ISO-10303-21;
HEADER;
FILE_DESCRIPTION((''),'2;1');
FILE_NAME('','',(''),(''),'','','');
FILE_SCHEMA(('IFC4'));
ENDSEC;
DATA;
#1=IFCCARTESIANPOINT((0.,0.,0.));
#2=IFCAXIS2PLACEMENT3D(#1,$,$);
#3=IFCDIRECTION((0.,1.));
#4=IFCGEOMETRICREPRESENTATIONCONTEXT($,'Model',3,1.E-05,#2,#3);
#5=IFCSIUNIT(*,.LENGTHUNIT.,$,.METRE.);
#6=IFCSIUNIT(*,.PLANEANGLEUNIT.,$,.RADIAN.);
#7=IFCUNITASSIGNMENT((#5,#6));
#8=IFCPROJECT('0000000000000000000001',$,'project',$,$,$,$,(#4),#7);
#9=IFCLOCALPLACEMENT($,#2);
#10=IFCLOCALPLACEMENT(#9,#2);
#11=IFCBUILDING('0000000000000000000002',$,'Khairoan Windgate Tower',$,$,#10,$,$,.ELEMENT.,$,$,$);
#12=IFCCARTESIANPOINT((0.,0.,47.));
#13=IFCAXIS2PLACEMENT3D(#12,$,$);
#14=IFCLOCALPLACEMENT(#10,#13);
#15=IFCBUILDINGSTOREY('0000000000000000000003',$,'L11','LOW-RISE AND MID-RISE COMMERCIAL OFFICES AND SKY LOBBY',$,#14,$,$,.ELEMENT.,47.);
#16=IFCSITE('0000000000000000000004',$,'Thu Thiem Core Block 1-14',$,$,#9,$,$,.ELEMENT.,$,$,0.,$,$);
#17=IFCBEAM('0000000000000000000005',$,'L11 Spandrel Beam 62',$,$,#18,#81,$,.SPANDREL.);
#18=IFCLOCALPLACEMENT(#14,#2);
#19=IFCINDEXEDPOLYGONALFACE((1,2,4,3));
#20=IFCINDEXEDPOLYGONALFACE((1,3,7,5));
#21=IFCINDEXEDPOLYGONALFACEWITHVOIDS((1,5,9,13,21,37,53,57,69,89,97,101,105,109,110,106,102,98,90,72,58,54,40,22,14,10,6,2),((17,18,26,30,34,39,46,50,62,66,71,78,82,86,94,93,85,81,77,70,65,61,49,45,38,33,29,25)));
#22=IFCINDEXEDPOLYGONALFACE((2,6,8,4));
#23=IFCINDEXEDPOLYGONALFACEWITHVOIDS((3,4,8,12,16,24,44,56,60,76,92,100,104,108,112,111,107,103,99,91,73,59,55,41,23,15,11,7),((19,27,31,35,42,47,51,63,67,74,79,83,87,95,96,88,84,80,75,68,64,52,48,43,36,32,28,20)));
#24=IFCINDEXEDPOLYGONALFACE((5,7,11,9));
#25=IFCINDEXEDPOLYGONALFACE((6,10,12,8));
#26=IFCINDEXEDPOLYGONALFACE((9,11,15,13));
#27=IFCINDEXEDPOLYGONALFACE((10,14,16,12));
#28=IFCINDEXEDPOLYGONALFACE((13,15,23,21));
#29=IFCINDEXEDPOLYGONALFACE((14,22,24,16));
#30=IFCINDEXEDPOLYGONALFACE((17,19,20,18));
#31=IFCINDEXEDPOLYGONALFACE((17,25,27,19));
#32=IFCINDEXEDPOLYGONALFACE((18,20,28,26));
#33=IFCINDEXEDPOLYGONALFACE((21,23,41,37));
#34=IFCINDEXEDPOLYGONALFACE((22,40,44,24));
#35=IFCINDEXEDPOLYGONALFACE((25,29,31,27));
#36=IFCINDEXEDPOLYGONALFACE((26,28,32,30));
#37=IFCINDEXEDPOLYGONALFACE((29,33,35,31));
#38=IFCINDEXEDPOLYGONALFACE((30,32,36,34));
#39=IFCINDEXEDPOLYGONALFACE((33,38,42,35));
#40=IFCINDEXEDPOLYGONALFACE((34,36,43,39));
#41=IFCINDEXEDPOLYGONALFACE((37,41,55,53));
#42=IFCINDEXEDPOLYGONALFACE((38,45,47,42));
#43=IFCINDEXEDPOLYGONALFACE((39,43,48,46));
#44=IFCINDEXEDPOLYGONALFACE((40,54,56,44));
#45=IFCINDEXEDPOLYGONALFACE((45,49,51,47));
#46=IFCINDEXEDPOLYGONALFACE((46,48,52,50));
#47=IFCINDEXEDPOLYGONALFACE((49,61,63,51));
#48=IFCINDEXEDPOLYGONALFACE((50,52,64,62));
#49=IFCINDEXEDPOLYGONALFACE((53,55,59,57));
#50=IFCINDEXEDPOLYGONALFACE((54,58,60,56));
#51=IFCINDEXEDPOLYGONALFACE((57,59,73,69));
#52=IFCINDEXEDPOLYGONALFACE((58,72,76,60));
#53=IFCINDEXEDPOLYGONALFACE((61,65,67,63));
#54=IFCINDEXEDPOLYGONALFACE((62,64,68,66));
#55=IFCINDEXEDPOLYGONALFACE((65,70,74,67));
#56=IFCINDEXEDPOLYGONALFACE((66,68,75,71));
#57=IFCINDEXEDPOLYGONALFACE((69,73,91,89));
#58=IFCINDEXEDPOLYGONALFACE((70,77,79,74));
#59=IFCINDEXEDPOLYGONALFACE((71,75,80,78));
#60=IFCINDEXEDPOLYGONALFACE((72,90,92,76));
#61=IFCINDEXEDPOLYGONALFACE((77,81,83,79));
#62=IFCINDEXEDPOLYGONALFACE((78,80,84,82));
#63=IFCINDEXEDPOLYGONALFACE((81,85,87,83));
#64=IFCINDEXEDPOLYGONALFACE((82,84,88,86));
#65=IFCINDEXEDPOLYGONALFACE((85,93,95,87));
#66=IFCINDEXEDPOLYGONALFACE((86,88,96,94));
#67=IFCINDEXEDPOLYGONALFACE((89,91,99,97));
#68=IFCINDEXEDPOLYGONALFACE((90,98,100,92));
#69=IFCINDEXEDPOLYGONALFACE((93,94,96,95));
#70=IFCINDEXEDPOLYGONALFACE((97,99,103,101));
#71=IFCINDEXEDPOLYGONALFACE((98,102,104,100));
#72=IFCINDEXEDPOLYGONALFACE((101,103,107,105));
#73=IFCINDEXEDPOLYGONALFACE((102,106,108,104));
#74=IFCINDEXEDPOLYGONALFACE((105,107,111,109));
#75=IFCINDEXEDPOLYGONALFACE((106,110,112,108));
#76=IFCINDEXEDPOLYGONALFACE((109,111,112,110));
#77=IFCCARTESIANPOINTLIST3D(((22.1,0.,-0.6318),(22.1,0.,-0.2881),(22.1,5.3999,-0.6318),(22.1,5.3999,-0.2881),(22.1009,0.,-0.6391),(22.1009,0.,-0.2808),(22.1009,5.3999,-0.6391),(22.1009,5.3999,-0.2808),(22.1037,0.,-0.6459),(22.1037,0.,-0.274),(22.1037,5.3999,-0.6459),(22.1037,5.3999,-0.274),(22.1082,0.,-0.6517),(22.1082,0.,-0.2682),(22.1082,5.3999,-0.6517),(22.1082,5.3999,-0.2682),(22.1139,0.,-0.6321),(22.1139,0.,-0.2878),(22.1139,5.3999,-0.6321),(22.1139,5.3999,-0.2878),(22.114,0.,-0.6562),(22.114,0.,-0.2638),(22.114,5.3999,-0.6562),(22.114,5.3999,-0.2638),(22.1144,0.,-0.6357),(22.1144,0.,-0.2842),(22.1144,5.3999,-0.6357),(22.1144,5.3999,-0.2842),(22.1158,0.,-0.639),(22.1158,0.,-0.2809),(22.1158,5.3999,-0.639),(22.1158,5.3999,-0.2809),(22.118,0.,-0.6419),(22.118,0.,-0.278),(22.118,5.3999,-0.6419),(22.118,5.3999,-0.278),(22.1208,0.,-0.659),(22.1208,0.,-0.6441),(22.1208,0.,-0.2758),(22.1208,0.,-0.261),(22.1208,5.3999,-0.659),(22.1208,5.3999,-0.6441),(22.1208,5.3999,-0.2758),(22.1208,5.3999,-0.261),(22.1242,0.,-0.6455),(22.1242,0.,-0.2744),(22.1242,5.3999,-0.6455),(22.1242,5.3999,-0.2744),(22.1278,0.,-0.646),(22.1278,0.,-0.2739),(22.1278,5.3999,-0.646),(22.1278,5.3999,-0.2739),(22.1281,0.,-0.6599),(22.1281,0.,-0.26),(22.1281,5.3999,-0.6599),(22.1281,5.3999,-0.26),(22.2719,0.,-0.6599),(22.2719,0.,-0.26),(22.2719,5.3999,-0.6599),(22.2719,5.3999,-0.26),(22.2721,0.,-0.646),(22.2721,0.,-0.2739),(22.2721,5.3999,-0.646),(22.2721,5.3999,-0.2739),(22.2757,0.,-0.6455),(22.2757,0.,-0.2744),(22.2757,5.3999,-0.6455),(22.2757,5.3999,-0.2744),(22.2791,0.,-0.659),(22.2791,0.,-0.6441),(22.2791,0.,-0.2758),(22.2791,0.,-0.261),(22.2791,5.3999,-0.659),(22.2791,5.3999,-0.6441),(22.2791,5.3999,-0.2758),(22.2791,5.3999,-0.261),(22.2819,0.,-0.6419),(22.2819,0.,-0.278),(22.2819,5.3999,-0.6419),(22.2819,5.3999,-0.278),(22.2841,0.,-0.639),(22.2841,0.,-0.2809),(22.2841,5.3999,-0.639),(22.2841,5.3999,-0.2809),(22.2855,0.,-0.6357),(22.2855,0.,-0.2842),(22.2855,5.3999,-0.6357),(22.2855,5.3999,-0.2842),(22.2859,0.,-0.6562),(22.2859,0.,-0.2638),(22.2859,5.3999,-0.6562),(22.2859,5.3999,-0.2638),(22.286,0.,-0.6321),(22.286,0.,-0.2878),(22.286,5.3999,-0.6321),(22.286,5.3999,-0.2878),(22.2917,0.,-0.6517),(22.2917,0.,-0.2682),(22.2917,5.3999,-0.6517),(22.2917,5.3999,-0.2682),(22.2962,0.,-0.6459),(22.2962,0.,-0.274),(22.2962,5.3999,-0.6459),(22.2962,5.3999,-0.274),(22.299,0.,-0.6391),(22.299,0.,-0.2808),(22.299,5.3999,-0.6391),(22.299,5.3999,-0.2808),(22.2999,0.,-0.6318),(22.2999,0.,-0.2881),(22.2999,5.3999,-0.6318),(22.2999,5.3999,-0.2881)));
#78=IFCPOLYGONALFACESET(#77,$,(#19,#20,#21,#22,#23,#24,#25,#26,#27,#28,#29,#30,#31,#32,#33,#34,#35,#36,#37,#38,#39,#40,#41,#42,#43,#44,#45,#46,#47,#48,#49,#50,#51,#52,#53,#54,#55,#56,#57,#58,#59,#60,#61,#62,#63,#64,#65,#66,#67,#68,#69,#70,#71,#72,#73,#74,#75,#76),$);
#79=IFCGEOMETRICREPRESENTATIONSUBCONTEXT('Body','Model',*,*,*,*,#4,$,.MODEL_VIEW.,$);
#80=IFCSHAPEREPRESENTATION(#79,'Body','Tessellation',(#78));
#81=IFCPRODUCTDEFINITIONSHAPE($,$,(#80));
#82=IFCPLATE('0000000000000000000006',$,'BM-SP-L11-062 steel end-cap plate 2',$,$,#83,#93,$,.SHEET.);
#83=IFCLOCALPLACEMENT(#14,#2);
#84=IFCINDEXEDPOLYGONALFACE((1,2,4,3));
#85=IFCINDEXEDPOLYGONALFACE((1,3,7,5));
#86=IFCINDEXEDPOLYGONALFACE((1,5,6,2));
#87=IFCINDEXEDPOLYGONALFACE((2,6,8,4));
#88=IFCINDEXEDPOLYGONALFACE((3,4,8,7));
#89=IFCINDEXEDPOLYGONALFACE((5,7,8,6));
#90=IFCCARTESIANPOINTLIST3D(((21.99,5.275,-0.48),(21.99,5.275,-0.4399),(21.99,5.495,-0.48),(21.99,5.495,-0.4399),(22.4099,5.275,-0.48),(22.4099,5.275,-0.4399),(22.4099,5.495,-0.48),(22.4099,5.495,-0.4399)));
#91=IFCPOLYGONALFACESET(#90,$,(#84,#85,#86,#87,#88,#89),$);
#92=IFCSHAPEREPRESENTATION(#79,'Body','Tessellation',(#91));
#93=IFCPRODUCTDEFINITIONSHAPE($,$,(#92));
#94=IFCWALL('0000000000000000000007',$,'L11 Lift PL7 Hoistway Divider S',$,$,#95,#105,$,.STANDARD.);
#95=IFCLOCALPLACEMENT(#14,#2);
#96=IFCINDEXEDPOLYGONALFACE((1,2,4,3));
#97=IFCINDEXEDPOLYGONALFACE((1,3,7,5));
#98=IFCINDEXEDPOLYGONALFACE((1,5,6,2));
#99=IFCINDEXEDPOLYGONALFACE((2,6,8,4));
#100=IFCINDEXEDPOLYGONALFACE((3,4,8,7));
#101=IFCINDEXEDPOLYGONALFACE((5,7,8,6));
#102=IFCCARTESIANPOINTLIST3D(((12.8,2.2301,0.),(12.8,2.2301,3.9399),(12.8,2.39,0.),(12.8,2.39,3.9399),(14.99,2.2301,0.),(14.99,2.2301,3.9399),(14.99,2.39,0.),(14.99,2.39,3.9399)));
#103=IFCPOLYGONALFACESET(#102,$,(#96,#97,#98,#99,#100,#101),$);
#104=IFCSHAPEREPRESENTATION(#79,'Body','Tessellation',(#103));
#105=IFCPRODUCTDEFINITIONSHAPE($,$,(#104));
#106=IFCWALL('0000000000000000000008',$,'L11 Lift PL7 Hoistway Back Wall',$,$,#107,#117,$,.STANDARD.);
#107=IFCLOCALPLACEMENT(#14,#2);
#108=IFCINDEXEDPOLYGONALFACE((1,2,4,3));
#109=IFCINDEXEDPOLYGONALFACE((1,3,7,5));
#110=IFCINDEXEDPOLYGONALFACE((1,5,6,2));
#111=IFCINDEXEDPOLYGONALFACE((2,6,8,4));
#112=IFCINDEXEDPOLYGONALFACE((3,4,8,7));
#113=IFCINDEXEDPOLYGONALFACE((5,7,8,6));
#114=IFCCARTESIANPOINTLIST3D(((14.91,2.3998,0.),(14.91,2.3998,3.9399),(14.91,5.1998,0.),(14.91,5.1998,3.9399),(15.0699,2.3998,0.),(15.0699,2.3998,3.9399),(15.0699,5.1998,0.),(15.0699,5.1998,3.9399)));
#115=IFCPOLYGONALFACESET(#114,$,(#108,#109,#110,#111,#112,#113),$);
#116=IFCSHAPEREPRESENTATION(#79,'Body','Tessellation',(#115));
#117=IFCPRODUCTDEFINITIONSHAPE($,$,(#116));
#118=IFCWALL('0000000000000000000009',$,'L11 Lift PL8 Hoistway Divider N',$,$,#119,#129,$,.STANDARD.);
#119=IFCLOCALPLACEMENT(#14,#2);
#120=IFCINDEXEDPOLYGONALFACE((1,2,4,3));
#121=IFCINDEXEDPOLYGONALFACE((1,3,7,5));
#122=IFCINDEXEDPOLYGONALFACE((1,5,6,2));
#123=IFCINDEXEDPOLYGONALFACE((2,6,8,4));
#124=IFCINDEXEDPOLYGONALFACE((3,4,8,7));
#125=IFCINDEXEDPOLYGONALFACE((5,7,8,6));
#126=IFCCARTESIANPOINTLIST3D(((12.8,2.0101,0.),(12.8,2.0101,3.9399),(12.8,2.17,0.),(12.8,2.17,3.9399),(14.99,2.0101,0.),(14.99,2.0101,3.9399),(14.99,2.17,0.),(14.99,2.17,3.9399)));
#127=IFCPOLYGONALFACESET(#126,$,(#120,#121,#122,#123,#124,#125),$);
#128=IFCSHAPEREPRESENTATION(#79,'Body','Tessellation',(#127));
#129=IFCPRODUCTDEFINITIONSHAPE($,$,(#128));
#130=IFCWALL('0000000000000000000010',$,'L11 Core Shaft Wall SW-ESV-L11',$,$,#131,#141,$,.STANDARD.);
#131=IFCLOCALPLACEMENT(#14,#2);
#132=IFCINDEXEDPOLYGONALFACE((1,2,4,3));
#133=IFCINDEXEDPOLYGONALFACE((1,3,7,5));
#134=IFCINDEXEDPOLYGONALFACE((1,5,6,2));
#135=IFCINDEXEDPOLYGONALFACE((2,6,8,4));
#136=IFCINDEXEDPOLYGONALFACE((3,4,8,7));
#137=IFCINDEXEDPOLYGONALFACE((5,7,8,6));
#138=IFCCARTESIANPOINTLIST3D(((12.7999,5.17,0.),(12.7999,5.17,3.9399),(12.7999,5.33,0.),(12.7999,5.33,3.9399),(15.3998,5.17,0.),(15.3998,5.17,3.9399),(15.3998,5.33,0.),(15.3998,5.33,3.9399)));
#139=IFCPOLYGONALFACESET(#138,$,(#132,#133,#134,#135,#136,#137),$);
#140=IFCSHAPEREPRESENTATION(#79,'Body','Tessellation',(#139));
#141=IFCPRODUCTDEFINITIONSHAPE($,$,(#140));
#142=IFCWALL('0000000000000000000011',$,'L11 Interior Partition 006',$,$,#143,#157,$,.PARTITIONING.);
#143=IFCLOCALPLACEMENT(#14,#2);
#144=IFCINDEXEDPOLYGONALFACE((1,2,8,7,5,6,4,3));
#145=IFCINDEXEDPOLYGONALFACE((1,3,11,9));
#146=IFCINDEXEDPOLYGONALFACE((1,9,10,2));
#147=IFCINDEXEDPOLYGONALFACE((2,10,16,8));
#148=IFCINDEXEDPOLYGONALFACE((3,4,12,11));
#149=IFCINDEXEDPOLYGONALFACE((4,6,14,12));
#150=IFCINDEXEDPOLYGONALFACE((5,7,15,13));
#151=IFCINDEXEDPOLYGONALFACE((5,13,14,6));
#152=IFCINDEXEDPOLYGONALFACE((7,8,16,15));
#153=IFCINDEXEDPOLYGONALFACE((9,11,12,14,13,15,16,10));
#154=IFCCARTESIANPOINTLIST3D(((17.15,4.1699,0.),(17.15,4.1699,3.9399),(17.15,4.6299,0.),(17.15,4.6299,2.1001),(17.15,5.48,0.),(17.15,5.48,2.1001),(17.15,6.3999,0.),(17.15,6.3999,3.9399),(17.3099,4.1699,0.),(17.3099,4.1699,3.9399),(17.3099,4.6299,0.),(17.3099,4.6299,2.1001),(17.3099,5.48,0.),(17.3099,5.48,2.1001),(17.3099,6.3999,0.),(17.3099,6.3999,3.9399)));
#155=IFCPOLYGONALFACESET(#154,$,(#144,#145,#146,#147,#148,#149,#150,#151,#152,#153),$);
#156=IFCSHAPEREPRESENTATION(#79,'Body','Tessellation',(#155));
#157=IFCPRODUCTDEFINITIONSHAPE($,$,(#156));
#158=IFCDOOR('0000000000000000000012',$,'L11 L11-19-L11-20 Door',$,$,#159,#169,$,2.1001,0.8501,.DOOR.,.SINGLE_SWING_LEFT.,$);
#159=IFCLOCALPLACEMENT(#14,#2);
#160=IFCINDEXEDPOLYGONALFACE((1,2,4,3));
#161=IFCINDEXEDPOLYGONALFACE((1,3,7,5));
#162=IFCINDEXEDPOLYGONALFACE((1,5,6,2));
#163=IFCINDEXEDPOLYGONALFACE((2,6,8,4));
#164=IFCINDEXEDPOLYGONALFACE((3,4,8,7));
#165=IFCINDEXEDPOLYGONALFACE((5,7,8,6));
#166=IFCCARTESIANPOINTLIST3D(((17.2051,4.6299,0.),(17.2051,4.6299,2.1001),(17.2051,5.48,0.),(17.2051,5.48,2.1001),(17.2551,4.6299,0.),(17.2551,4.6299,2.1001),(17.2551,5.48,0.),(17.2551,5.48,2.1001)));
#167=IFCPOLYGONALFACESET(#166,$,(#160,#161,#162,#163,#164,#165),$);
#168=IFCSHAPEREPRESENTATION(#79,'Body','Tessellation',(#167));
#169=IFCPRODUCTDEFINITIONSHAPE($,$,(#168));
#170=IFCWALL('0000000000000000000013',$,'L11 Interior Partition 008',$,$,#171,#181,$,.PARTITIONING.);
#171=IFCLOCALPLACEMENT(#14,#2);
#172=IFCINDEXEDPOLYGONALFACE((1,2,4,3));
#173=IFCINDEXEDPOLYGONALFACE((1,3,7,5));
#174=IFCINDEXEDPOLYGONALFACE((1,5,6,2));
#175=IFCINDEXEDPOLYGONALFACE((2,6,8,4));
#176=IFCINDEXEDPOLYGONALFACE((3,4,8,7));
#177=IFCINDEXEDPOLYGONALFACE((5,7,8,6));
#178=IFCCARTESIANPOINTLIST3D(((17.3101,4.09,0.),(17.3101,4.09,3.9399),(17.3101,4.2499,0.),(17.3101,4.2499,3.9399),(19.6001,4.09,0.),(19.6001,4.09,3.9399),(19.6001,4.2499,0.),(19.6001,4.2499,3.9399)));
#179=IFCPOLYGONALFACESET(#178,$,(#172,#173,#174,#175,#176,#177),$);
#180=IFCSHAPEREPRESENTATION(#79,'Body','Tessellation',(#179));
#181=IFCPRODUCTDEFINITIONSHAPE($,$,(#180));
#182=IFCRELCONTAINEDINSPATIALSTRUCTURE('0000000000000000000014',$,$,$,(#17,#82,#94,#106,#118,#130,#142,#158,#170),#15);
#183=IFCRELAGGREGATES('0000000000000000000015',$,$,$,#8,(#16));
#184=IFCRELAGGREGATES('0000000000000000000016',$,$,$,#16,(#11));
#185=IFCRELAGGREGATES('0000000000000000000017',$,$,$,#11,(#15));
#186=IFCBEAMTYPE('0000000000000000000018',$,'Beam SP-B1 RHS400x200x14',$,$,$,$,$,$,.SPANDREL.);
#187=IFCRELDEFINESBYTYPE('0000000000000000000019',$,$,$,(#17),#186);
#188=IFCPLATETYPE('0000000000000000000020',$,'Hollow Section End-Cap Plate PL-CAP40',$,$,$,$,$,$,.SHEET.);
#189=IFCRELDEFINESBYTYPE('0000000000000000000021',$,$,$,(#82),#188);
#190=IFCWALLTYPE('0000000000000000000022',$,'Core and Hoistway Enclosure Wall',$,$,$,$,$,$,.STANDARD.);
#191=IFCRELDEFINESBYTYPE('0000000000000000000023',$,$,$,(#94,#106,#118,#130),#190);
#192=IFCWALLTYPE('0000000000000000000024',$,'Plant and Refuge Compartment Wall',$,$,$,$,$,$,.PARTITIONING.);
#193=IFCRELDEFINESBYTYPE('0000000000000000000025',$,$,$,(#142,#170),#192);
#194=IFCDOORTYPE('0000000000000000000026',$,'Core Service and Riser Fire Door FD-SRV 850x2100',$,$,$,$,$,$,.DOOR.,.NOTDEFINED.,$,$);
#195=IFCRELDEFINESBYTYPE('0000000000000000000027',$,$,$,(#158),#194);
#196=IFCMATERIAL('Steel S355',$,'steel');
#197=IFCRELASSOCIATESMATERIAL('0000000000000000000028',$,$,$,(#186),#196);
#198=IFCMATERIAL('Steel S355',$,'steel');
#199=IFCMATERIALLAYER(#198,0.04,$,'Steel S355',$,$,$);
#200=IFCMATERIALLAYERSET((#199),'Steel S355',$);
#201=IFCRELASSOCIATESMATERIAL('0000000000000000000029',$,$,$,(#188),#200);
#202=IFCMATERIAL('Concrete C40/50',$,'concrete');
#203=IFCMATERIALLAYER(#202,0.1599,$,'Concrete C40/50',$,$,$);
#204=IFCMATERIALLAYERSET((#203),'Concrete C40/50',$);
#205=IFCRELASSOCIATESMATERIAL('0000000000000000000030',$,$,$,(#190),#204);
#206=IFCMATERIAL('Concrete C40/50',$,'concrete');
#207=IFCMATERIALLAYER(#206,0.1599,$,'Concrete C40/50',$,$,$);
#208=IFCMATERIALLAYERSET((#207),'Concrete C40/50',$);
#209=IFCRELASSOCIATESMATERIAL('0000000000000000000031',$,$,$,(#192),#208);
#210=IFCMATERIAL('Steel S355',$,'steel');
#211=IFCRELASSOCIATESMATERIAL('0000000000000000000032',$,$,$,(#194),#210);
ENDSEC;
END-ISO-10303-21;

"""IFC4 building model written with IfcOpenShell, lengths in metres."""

from ifc_helpers import new_model, si_unit, direction, frame, frame_2d, origin, origin_2d, place, context, subcontext, project, spatial, rectangle, hollow_rectangle, extrude, material, layer, layer_set, material_profile, profile_set, type_object, element, fill, save


model = new_model("IFC4")

# Units and contexts
model_context = context("Model", 3, precision=1e-05, world=origin(), true_north=direction((0.0, 1.0)))
body_context = subcontext(model_context, "Body", "Model", "MODEL_VIEW")
ifc_project = project(units=[si_unit("LENGTHUNIT", "METRE"), si_unit("PLANEANGLEUNIT", "RADIAN")], contexts=[model_context])

# Site, building, storey
site_placement = place(None, origin())
site = spatial("IfcSite", under=ifc_project, at=site_placement, Name="Thu Thiem Core Block 1-14", CompositionType="ELEMENT", RefElevation=0.0)
building_placement = place(site_placement, origin())
building = spatial("IfcBuilding", under=site, at=building_placement, Name="Khairoan Windgate Tower", CompositionType="ELEMENT")
storey_placement = place(building_placement, frame((0.0, 0.0, 47.0)))
storey = spatial("IfcBuildingStorey", under=building, at=storey_placement, Name="L11", Description="LOW-RISE AND MID-RISE COMMERCIAL OFFICES AND SKY LOBBY", CompositionType="ELEMENT", Elevation=47.0)

# Beam
ifc_material_1 = material(Name="Steel S355", Category="steel")
ifc_material_profile_1 = material_profile(ifc_material_1, hollow_rectangle(XDim=0.2, YDim=0.3999, WallThickness=0.0139, InnerFilletRadius=0.0139, OuterFilletRadius=0.0281, at=origin_2d()))
ifc_profile_set_1 = profile_set([ifc_material_profile_1], Name="Steel S355")
beam_type_1 = type_object("IfcBeamType", Name="Beam SP-B1 RHS400x200x14", PredefinedType="SPANDREL", material=ifc_profile_set_1)
beam_1_placement = place(storey_placement, frame((22.2, 0.0, -0.46), z_axis=(0.0, 1.0, 0.0), x_axis=(-1.0, 0.0, 0.0)))
element("IfcBeam", 1, at=beam_1_placement, inside=storey, type_object=beam_type_1, Name="L11 Spandrel Beam 62", PredefinedType="SPANDREL", context=body_context, shape_type="SweptSolid", body=[
    extrude(hollow_rectangle(XDim=0.2, YDim=0.3999, WallThickness=0.0139, InnerFilletRadius=0.0139, OuterFilletRadius=0.0281, at=origin_2d()), origin(), (0.0, 0.0, 1.0), 5.3999),
])

# Plate
ifc_material_2 = material(Name="Steel S355", Category="steel")
ifc_layer_1 = layer(ifc_material_2, 0.04, Name="Steel S355")
ifc_layer_set_1 = layer_set([ifc_layer_1], Name="Steel S355")
plate_type = type_object("IfcPlateType", Name="Hollow Section End-Cap Plate PL-CAP40", PredefinedType="SHEET", material=ifc_layer_set_1)
plate_placement = place(storey_placement, frame((22.2, 5.385, -0.48), z_axis=(0.0, 0.0, 1.0), x_axis=(0.0, 1.0, 0.0)))
element("IfcPlate", 2, at=plate_placement, inside=storey, type_object=plate_type, Name="BM-SP-L11-062 steel end-cap plate 2", PredefinedType="SHEET", context=body_context, shape_type="SweptSolid", body=[
    extrude(rectangle(XDim=0.22, YDim=0.4199, at=origin_2d()), origin(), (0.0, 0.0, 1.0), 0.04),
])

# Walls
ifc_material_3 = material(Name="Concrete C40/50", Category="concrete")
ifc_layer_2 = layer(ifc_material_3, 0.1599, Name="Concrete C40/50")
ifc_layer_set_2 = layer_set([ifc_layer_2], Name="Concrete C40/50")
wall_type_1 = type_object("IfcWallType", Name="Core and Hoistway Enclosure Wall", PredefinedType="STANDARD", material=ifc_layer_set_2)
wall_1_placement = place(storey_placement, frame((12.8, 2.3101, 0.0), z_axis=(0.0, 0.0, 1.0), x_axis=(1.0, 0.0, 0.0)))
element("IfcWall", 3, at=wall_1_placement, inside=storey, type_object=wall_type_1, Name="L11 Lift PL7 Hoistway Divider S", PredefinedType="STANDARD", context=body_context, shape_type="SweptSolid", body=[
    extrude(rectangle(XDim=2.1899, YDim=0.1599, at=frame_2d((1.095, 0.0))), origin(), (0.0, 0.0, 1.0), 3.9399),
])
wall_2_placement = place(storey_placement, frame((14.99, 2.3999, 0.0), z_axis=(0.0, 0.0, 1.0), x_axis=(0.0, 1.0, 0.0)))
element("IfcWall", 4, at=wall_2_placement, inside=storey, type_object=wall_type_1, Name="L11 Lift PL7 Hoistway Back Wall", PredefinedType="STANDARD", context=body_context, shape_type="SweptSolid", body=[
    extrude(rectangle(XDim=2.8, YDim=0.1599, at=frame_2d((1.3999, 0.0))), origin(), (0.0, 0.0, 1.0), 3.9399),
])
wall_3_placement = place(storey_placement, frame((12.8, 2.0901, 0.0), z_axis=(0.0, 0.0, 1.0), x_axis=(1.0, 0.0, 0.0)))
element("IfcWall", 5, at=wall_3_placement, inside=storey, type_object=wall_type_1, Name="L11 Lift PL8 Hoistway Divider N", PredefinedType="STANDARD", context=body_context, shape_type="SweptSolid", body=[
    extrude(rectangle(XDim=2.1899, YDim=0.1599, at=frame_2d((1.095, 0.0))), origin(), (0.0, 0.0, 1.0), 3.9399),
])
wall_4_placement = place(storey_placement, frame((12.8, 5.25, 0.0), z_axis=(0.0, 0.0, 1.0), x_axis=(1.0, 0.0, 0.0)))
element("IfcWall", 6, at=wall_4_placement, inside=storey, type_object=wall_type_1, Name="L11 Core Shaft Wall SW-ESV-L11", PredefinedType="STANDARD", context=body_context, shape_type="SweptSolid", body=[
    extrude(rectangle(XDim=2.5999, YDim=0.1599, at=frame_2d((1.2998, 0.0))), origin(), (0.0, 0.0, 1.0), 3.9399),
])

# Wall, opening, door
ifc_material_4 = material(Name="Concrete C40/50", Category="concrete")
ifc_layer_3 = layer(ifc_material_4, 0.1599, Name="Concrete C40/50")
ifc_layer_set_3 = layer_set([ifc_layer_3], Name="Concrete C40/50")
wall_type_2 = type_object("IfcWallType", Name="Plant and Refuge Compartment Wall", PredefinedType="PARTITIONING", material=ifc_layer_set_3)
wall_5_placement = place(storey_placement, frame((17.23, 4.1699, 0.0), z_axis=(0.0, 0.0, 1.0), x_axis=(0.0, 1.0, 0.0)))
wall_5 = element("IfcWall", 7, at=wall_5_placement, inside=storey, type_object=wall_type_2, Name="L11 Interior Partition 006", PredefinedType="PARTITIONING", context=body_context, shape_type="SweptSolid", body=[
    extrude(rectangle(XDim=2.23, YDim=0.1599, at=frame_2d((1.115, 0.0))), origin(), (0.0, 0.0, 1.0), 3.9399),
])
opening_placement = place(wall_5_placement, frame((0.46, 0.0, 0.0)))
opening = element("IfcOpeningElement", 8, at=opening_placement, cuts=wall_5, PredefinedType="OPENING", context=body_context, shape_type="SweptSolid", body=[
    extrude(rectangle(XDim=0.8501, YDim=2.1001, at=frame_2d((0.425, 1.05))), frame((0.0, 0.0898, 0.0), z_axis=(0.0, -1.0, 0.0), x_axis=(1.0, 0.0, 0.0)), (0.0, 0.0, 1.0), 0.1799),
])
ifc_material_5 = material(Name="Steel S355", Category="steel")
door_type = type_object("IfcDoorType", Name="Core Service and Riser Fire Door FD-SRV 850x2100", OperationType="NOTDEFINED", PredefinedType="DOOR", material=ifc_material_5)
door_placement = place(opening_placement, origin())
door = element("IfcDoor", 9, at=door_placement, inside=storey, type_object=door_type, Name="L11 L11-19-L11-20 Door", OperationType="SINGLE_SWING_LEFT", OverallHeight=2.1001, OverallWidth=0.8501, PredefinedType="DOOR", context=body_context, shape_type="SweptSolid", body=[
    extrude(rectangle(XDim=0.8501, YDim=2.1001, at=frame_2d((0.425, 1.05))), frame((0.0, 0.0249, 0.0), z_axis=(0.0, -1.0, 0.0), x_axis=(1.0, 0.0, 0.0)), (0.0, 0.0, 1.0), 0.05),
])
fill(opening, door)

# Wall
wall_6_placement = place(storey_placement, frame((17.3101, 4.1699, 0.0), z_axis=(0.0, 0.0, 1.0), x_axis=(1.0, 0.0, 0.0)))
element("IfcWall", 10, at=wall_6_placement, inside=storey, type_object=wall_type_2, Name="L11 Interior Partition 008", PredefinedType="PARTITIONING", context=body_context, shape_type="SweptSolid", body=[
    extrude(rectangle(XDim=2.29, YDim=0.1599, at=frame_2d((1.145, 0.0))), origin(), (0.0, 0.0, 1.0), 3.9399),
])

save(model, "model.ifc")
